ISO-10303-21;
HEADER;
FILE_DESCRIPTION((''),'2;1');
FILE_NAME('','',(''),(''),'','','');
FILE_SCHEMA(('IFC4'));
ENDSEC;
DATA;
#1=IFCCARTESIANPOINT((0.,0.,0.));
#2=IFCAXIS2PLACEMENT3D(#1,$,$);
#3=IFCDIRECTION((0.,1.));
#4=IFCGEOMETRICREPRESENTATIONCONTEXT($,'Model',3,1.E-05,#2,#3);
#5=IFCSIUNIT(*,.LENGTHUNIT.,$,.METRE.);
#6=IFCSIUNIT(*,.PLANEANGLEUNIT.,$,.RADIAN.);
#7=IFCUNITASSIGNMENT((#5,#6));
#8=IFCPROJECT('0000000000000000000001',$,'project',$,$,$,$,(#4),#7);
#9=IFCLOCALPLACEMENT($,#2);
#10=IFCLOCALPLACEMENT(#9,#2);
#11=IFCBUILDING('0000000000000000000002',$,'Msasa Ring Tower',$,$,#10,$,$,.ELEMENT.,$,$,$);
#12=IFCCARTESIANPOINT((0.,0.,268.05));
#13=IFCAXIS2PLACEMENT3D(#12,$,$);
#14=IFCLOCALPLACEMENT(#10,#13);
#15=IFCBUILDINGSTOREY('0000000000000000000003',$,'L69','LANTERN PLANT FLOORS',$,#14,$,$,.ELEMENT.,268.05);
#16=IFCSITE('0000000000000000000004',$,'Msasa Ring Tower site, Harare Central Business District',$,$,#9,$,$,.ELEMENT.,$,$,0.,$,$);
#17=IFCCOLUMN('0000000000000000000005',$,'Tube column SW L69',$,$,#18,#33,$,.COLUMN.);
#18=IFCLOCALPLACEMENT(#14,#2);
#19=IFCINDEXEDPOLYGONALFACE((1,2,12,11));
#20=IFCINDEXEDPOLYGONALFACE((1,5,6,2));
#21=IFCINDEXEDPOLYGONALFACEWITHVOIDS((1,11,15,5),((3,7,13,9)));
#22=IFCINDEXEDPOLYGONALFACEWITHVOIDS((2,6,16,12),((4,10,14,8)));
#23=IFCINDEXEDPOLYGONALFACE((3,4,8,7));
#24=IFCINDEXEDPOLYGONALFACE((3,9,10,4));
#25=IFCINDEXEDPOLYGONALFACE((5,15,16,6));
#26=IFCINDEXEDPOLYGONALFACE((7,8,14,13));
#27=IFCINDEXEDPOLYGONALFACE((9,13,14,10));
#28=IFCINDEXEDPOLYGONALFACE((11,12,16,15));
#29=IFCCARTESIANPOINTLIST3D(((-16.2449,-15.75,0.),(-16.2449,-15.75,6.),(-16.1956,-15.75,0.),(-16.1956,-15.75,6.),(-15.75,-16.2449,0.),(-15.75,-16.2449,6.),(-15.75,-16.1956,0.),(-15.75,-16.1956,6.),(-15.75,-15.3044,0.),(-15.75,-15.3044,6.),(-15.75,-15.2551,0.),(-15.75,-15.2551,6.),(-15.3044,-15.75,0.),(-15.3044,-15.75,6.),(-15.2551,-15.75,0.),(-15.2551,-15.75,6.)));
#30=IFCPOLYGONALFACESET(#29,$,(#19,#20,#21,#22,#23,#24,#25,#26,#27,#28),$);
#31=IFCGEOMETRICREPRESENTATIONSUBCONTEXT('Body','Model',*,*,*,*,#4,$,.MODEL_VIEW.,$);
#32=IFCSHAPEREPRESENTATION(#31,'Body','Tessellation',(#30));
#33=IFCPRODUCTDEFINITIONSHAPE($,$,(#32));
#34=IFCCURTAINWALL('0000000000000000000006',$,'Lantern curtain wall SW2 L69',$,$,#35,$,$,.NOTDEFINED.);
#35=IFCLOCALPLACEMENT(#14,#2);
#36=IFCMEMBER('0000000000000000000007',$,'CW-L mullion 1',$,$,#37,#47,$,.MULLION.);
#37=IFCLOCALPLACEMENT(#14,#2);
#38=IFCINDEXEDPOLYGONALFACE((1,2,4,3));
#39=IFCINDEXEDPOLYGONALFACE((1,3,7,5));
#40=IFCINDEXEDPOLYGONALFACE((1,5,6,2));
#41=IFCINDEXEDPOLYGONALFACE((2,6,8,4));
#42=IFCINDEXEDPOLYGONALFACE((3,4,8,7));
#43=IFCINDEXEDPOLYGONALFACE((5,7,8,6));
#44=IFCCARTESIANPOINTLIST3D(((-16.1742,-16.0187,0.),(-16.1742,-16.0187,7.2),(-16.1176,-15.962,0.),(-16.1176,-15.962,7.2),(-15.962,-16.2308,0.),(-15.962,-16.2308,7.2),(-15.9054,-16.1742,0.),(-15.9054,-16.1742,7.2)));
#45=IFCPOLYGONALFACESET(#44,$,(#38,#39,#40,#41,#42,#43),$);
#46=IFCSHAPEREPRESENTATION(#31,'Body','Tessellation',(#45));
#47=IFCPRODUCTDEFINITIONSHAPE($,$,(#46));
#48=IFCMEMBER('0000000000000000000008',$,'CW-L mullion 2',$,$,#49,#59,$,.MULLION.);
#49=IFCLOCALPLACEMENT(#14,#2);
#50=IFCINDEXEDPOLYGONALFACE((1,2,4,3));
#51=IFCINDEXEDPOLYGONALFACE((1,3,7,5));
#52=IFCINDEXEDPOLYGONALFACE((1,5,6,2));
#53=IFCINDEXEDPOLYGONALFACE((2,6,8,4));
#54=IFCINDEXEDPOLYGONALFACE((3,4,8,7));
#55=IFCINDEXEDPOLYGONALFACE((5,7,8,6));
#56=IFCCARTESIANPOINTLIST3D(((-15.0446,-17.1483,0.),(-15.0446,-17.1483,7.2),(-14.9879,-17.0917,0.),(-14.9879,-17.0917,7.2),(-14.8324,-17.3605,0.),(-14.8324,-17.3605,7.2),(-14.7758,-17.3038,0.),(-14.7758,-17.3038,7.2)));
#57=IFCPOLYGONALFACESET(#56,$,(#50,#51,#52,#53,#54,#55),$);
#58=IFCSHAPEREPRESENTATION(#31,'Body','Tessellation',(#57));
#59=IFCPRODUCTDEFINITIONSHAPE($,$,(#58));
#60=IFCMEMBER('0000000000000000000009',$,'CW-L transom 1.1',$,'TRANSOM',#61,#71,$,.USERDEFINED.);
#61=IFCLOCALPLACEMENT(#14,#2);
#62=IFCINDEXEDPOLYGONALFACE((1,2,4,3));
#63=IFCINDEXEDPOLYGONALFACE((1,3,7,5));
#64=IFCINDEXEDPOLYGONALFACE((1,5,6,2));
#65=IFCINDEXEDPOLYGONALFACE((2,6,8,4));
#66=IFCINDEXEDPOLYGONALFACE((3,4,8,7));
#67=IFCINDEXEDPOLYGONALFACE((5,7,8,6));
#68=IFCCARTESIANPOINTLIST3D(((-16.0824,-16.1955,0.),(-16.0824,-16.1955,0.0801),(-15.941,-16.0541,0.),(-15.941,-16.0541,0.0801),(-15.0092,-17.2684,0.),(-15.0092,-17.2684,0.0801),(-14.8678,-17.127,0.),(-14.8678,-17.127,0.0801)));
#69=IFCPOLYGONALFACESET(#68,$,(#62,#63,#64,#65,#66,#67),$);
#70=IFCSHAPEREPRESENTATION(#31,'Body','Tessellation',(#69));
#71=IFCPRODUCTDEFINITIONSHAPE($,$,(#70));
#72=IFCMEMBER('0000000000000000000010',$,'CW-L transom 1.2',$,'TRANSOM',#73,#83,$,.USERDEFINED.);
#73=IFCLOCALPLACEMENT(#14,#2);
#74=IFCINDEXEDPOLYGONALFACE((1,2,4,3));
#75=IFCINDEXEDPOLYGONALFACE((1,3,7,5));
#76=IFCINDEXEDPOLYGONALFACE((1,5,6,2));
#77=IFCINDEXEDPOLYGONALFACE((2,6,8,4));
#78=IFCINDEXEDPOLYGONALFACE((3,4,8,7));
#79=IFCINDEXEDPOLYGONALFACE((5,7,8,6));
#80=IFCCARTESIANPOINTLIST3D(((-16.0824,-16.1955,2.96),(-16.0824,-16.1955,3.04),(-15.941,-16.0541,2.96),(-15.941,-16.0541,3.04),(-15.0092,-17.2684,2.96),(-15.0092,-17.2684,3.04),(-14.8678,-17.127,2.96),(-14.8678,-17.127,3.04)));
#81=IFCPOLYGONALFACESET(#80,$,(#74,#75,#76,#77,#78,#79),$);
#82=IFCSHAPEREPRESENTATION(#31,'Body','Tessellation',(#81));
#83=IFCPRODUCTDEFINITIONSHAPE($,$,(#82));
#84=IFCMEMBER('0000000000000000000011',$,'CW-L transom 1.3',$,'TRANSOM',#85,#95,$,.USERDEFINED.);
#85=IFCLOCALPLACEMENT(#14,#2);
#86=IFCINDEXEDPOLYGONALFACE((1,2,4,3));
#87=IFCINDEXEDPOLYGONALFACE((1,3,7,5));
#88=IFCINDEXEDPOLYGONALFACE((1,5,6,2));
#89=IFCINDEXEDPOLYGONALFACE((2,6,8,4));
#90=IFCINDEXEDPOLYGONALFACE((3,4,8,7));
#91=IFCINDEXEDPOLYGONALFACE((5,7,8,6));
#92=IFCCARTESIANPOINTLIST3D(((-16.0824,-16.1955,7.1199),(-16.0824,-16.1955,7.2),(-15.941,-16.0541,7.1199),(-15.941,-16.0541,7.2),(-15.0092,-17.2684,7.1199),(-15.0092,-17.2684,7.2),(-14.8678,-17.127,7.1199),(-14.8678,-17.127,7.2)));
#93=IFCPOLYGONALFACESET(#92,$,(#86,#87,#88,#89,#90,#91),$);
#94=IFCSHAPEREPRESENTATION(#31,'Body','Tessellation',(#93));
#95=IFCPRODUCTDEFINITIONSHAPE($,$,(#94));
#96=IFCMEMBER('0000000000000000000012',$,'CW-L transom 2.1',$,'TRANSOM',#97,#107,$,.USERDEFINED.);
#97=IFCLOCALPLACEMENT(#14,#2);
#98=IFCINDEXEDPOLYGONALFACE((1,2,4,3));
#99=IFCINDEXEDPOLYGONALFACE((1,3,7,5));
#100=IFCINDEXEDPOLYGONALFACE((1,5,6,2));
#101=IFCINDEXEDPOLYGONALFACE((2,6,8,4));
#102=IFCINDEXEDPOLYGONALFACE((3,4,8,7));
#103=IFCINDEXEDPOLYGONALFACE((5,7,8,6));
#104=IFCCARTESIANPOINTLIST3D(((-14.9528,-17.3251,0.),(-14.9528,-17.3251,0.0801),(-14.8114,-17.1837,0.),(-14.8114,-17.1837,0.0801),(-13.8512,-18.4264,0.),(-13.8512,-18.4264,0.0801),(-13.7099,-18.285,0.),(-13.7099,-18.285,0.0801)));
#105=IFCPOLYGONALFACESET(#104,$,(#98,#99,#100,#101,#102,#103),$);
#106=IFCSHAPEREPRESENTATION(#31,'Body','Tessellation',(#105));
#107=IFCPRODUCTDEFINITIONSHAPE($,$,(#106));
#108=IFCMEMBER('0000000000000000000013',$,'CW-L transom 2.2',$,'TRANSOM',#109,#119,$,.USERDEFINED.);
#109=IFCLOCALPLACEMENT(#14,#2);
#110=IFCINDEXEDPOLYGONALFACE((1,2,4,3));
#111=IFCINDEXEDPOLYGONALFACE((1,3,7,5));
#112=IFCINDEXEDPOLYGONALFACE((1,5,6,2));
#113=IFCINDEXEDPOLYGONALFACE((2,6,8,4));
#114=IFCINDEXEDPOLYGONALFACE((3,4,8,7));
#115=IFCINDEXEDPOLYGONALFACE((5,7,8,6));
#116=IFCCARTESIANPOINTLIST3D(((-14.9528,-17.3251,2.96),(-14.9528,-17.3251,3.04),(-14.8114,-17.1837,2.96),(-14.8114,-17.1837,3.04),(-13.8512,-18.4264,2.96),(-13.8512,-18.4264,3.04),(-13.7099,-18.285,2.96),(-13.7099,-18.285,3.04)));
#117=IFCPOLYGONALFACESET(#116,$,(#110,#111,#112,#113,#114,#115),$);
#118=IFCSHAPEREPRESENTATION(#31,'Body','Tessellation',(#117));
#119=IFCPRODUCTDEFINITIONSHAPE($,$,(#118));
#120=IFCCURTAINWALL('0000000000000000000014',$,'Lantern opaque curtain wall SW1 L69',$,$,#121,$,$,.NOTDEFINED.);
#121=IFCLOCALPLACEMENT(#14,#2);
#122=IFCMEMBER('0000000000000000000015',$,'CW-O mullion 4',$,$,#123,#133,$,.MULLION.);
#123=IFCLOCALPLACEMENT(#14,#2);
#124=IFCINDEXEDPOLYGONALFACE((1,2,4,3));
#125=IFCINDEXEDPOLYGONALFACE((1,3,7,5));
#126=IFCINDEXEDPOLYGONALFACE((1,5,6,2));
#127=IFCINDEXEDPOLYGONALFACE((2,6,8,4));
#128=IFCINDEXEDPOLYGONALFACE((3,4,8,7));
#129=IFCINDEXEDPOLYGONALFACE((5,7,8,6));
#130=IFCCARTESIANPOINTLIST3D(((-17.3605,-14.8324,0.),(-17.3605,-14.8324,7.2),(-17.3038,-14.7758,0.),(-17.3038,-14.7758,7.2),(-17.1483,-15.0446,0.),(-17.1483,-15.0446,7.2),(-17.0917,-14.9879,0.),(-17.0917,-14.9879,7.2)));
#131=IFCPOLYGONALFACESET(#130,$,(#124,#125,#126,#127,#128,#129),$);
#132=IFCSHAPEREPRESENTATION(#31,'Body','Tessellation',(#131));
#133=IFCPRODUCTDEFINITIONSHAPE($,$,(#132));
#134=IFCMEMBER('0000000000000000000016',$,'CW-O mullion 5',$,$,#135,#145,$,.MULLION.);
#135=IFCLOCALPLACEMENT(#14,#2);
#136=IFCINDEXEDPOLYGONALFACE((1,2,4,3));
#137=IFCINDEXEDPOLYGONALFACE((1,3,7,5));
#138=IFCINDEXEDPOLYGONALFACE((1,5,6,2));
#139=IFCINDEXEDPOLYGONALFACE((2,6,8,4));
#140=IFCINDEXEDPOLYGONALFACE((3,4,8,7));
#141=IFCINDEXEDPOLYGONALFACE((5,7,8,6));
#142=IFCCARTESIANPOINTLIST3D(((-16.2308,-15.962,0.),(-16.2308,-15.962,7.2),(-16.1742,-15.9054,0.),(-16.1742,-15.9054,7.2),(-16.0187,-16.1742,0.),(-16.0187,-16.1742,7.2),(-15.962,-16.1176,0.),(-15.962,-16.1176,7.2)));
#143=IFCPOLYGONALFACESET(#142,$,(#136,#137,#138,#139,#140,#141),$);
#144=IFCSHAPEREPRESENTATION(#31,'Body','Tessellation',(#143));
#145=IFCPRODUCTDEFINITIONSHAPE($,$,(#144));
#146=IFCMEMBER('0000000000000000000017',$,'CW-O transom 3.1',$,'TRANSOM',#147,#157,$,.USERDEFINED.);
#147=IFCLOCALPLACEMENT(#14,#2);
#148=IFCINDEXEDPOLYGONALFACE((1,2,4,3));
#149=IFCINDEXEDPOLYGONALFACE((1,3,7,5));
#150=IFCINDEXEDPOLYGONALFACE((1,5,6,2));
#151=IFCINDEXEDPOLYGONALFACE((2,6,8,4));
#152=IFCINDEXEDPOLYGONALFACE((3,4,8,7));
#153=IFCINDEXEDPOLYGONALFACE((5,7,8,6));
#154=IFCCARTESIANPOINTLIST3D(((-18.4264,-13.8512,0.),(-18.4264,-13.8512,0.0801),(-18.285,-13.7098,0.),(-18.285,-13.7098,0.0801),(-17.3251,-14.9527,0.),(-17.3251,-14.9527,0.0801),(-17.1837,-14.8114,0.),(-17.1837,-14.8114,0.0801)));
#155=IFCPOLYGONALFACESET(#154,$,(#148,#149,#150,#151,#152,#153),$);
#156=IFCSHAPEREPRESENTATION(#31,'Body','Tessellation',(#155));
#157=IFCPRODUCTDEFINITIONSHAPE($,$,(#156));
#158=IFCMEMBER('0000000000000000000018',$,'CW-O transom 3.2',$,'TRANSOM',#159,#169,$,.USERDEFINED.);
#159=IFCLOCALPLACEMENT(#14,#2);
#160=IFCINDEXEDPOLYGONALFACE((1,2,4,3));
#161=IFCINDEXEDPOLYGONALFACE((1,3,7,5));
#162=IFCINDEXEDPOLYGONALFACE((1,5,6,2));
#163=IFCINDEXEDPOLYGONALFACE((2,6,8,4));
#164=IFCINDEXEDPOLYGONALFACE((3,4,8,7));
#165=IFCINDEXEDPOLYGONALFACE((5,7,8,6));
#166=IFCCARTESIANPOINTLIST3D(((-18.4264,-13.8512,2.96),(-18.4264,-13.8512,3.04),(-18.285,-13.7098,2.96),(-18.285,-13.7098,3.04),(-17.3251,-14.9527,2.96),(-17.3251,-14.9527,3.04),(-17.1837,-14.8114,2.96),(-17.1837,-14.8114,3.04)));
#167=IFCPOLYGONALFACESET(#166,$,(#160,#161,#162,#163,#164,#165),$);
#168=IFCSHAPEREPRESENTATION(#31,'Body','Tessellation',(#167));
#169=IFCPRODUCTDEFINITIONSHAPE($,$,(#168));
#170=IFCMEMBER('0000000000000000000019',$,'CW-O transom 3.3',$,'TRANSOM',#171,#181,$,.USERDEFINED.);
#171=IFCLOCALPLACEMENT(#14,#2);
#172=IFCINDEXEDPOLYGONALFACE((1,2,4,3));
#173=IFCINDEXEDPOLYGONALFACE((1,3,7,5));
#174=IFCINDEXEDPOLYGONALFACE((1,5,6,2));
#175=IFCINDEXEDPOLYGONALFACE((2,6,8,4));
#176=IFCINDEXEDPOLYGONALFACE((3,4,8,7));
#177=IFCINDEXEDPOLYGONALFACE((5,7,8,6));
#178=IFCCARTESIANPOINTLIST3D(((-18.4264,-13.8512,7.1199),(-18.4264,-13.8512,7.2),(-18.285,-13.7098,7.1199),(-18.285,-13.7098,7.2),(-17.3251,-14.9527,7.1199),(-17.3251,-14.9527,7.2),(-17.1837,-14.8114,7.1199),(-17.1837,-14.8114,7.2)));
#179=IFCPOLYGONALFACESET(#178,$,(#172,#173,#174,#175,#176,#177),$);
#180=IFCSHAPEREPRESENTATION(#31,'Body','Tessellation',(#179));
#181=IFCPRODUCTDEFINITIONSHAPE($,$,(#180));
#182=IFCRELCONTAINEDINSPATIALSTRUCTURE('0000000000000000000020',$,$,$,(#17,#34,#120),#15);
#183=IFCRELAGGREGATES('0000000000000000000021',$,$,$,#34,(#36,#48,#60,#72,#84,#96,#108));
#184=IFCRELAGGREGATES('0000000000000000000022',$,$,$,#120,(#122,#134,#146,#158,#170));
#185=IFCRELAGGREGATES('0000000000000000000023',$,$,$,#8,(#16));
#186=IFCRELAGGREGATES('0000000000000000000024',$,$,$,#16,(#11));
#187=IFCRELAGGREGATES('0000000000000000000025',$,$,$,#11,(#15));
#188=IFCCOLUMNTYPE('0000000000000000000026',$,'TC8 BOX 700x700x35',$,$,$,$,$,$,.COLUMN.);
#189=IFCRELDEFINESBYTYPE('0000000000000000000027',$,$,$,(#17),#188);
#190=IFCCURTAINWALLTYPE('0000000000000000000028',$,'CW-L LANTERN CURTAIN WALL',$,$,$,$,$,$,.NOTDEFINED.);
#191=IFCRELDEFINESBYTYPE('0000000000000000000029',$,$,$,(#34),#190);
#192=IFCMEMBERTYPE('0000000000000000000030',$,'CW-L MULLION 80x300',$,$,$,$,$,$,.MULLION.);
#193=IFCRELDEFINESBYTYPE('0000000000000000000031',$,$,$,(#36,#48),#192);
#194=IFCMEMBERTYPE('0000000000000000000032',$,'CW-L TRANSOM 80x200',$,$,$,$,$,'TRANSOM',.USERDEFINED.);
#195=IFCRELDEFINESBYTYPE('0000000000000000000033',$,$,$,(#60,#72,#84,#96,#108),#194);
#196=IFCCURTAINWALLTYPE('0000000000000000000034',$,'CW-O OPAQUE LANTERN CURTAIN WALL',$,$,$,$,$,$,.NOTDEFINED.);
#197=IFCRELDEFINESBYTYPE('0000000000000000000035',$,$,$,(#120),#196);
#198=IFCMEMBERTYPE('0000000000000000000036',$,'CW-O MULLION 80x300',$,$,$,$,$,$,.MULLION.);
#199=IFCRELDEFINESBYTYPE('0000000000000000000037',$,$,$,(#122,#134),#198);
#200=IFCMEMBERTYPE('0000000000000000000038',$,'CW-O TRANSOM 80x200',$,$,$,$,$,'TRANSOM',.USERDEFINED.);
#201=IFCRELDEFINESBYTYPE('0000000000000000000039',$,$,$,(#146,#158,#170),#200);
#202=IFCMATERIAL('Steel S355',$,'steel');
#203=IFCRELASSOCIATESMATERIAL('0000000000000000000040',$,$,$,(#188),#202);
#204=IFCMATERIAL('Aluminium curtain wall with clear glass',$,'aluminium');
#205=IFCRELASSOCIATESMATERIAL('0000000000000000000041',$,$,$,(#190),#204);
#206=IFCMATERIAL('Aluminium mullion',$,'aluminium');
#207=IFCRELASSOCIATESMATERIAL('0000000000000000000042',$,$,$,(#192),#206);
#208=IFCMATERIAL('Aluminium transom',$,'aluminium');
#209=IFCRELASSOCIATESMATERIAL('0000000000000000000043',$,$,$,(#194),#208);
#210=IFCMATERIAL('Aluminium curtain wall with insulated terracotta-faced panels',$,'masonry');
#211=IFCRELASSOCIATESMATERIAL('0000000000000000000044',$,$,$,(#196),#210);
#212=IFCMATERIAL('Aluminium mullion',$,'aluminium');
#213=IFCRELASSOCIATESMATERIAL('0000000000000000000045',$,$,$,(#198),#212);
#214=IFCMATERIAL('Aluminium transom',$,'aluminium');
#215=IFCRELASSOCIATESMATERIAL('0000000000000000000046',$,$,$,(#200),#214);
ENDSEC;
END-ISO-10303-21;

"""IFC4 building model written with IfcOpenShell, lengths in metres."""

from ifc_helpers import new_model, si_unit, direction, frame, origin, origin_2d, place, context, subcontext, project, spatial, rectangle, hollow_rectangle, extrude, material, material_profile, profile_set, type_object, element, aggregate, save


model = new_model("IFC4")

# Units and contexts
model_context = context("Model", 3, precision=1e-05, world=origin(), true_north=direction((0.0, 1.0)))
body_context = subcontext(model_context, "Body", "Model", "MODEL_VIEW")
ifc_project = project(units=[si_unit("LENGTHUNIT", "METRE"), si_unit("PLANEANGLEUNIT", "RADIAN")], contexts=[model_context])

# Site, building, storey
site_placement = place(None, origin())
site = spatial("IfcSite", under=ifc_project, at=site_placement, Name="Msasa Ring Tower site, Harare Central Business District", CompositionType="ELEMENT", RefElevation=0.0)
building_placement = place(site_placement, origin())
building = spatial("IfcBuilding", under=site, at=building_placement, Name="Msasa Ring Tower", CompositionType="ELEMENT")
storey_placement = place(building_placement, frame((0.0, 0.0, 268.05)))
storey = spatial("IfcBuildingStorey", under=building, at=storey_placement, Name="L69", Description="LANTERN PLANT FLOORS", CompositionType="ELEMENT", Elevation=268.05)

# Column
ifc_material_1 = material(Name="Steel S355", Category="steel")
ifc_material_profile_1 = material_profile(ifc_material_1, hollow_rectangle(XDim=0.7, YDim=0.7, WallThickness=0.0349, at=origin_2d()), Name="BOX 700x700x35")
ifc_profile_set_1 = profile_set([ifc_material_profile_1], Name="Steel S355")
column_type = type_object("IfcColumnType", Name="TC8 BOX 700x700x35", PredefinedType="COLUMN", material=ifc_profile_set_1)
column_placement = place(storey_placement, frame((-15.75, -15.75, 0.0), z_axis=(0.0, 0.0, 1.0), x_axis=(0.707107, 0.707107, 0.0)))
element("IfcColumn", 1, at=column_placement, inside=storey, type_object=column_type, Name="Tube column SW L69", PredefinedType="COLUMN", context=body_context, shape_type="SweptSolid", body=[
    extrude(hollow_rectangle(XDim=0.7, YDim=0.7, WallThickness=0.0349, at=origin_2d()), origin(), (0.0, 0.0, 1.0), 6.0),
])

# Curtain walls, members
ifc_material_2 = material(Name="Aluminium curtain wall with clear glass", Category="aluminium")
curtain_wall_type_1 = type_object("IfcCurtainWallType", Name="CW-L LANTERN CURTAIN WALL", PredefinedType="NOTDEFINED", material=ifc_material_2)
curtain_wall_1_placement = place(storey_placement, origin())
curtain_wall_1 = element("IfcCurtainWall", 2, at=curtain_wall_1_placement, inside=storey, type_object=curtain_wall_type_1, Name="Lantern curtain wall SW2 L69", PredefinedType="NOTDEFINED")
ifc_material_3 = material(Name="Aluminium mullion", Category="aluminium")
ifc_material_profile_2 = material_profile(ifc_material_3, rectangle(XDim=0.0801, YDim=0.3, at=origin_2d()), Name="AL 80x300")
ifc_profile_set_2 = profile_set([ifc_material_profile_2], Name="Aluminium mullion")
member_type_1 = type_object("IfcMemberType", Name="CW-L MULLION 80x300", PredefinedType="MULLION", material=ifc_profile_set_2)
member_1_placement = place(storey_placement, frame((-16.0398, -16.0964, 0.0), z_axis=(0.0, 0.0, 1.0), x_axis=(0.707107, 0.707107, 0.0)))
member_1 = element("IfcMember", 3, at=member_1_placement, type_object=member_type_1, Name="CW-L mullion 1", PredefinedType="MULLION", context=body_context, shape_type="SweptSolid", body=[
    extrude(rectangle(XDim=0.0801, YDim=0.3, at=origin_2d()), origin(), (0.0, 0.0, 1.0), 7.2),
])
member_2_placement = place(storey_placement, frame((-14.9102, -17.2261, 0.0), z_axis=(0.0, 0.0, 1.0), x_axis=(0.707107, 0.707107, 0.0)))
member_2 = element("IfcMember", 4, at=member_2_placement, type_object=member_type_1, Name="CW-L mullion 2", PredefinedType="MULLION", context=body_context, shape_type="SweptSolid", body=[
    extrude(rectangle(XDim=0.0801, YDim=0.3, at=origin_2d()), origin(), (0.0, 0.0, 1.0), 7.2),
])
ifc_material_4 = material(Name="Aluminium transom", Category="aluminium")
ifc_material_profile_3 = material_profile(ifc_material_4, rectangle(XDim=0.2, YDim=0.0801, at=origin_2d()), Name="AL 80x200")
ifc_profile_set_3 = profile_set([ifc_material_profile_3], Name="Aluminium transom")
member_type_2 = type_object("IfcMemberType", Name="CW-L TRANSOM 80x200", ElementType="TRANSOM", PredefinedType="USERDEFINED", material=ifc_profile_set_3)
member_3_placement = place(storey_placement, frame((-16.0117, -16.1248, 0.04), z_axis=(0.707187, -0.707026, 0.0), x_axis=(0.707026, 0.707187, 0.0)))
member_3 = element("IfcMember", 5, at=member_3_placement, type_object=member_type_2, Name="CW-L transom 1.1", ObjectType="TRANSOM", PredefinedType="USERDEFINED", context=body_context, shape_type="SweptSolid", body=[
    extrude(rectangle(XDim=0.2, YDim=0.0801, at=origin_2d()), origin(), (0.0, 0.0, 1.0), 1.5176),
])
member_4_placement = place(storey_placement, frame((-16.0117, -16.1248, 3.0), z_axis=(0.707187, -0.707026, 0.0), x_axis=(0.707026, 0.707187, 0.0)))
member_4 = element("IfcMember", 6, at=member_4_placement, type_object=member_type_2, Name="CW-L transom 1.2", ObjectType="TRANSOM", PredefinedType="USERDEFINED", context=body_context, shape_type="SweptSolid", body=[
    extrude(rectangle(XDim=0.2, YDim=0.0801, at=origin_2d()), origin(), (0.0, 0.0, 1.0), 1.5176),
])
member_5_placement = place(storey_placement, frame((-16.0117, -16.1248, 7.1599), z_axis=(0.707187, -0.707026, 0.0), x_axis=(0.707026, 0.707187, 0.0)))
member_5 = element("IfcMember", 7, at=member_5_placement, type_object=member_type_2, Name="CW-L transom 1.3", ObjectType="TRANSOM", PredefinedType="USERDEFINED", context=body_context, shape_type="SweptSolid", body=[
    extrude(rectangle(XDim=0.2, YDim=0.0801, at=origin_2d()), origin(), (0.0, 0.0, 1.0), 1.5176),
])
member_6_placement = place(storey_placement, frame((-14.8821, -17.2544, 0.04), z_axis=(0.707185, -0.707028, 0.0), x_axis=(0.707028, 0.707185, 0.0)))
member_6 = element("IfcMember", 8, at=member_6_placement, type_object=member_type_2, Name="CW-L transom 2.1", ObjectType="TRANSOM", PredefinedType="USERDEFINED", context=body_context, shape_type="SweptSolid", body=[
    extrude(rectangle(XDim=0.2, YDim=0.0801, at=origin_2d()), origin(), (0.0, 0.0, 1.0), 1.5576),
])
member_7_placement = place(storey_placement, frame((-14.8821, -17.2544, 3.0), z_axis=(0.707185, -0.707028, 0.0), x_axis=(0.707028, 0.707185, 0.0)))
member_7 = element("IfcMember", 9, at=member_7_placement, type_object=member_type_2, Name="CW-L transom 2.2", ObjectType="TRANSOM", PredefinedType="USERDEFINED", context=body_context, shape_type="SweptSolid", body=[
    extrude(rectangle(XDim=0.2, YDim=0.0801, at=origin_2d()), origin(), (0.0, 0.0, 1.0), 1.5576),
])
ifc_material_5 = material(Name="Aluminium curtain wall with insulated terracotta-faced panels", Category="masonry")
curtain_wall_type_2 = type_object("IfcCurtainWallType", Name="CW-O OPAQUE LANTERN CURTAIN WALL", PredefinedType="NOTDEFINED", material=ifc_material_5)
curtain_wall_2_placement = place(storey_placement, origin())
curtain_wall_2 = element("IfcCurtainWall", 10, at=curtain_wall_2_placement, inside=storey, type_object=curtain_wall_type_2, Name="Lantern opaque curtain wall SW1 L69", PredefinedType="NOTDEFINED")
ifc_material_6 = material(Name="Aluminium mullion", Category="aluminium")
ifc_material_profile_4 = material_profile(ifc_material_6, rectangle(XDim=0.0801, YDim=0.3, at=origin_2d()), Name="AL 80x300")
ifc_profile_set_4 = profile_set([ifc_material_profile_4], Name="Aluminium mullion")
member_type_3 = type_object("IfcMemberType", Name="CW-O MULLION 80x300", PredefinedType="MULLION", material=ifc_profile_set_4)
member_8_placement = place(storey_placement, frame((-17.2261, -14.9102, 0.0), z_axis=(0.0, 0.0, 1.0), x_axis=(0.707107, 0.707107, 0.0)))
member_8 = element("IfcMember", 11, at=member_8_placement, type_object=member_type_3, Name="CW-O mullion 4", PredefinedType="MULLION", context=body_context, shape_type="SweptSolid", body=[
    extrude(rectangle(XDim=0.0801, YDim=0.3, at=origin_2d()), origin(), (0.0, 0.0, 1.0), 7.2),
])
member_9_placement = place(storey_placement, frame((-16.0964, -16.0398, 0.0), z_axis=(0.0, 0.0, 1.0), x_axis=(0.707107, 0.707107, 0.0)))
member_9 = element("IfcMember", 12, at=member_9_placement, type_object=member_type_3, Name="CW-O mullion 5", PredefinedType="MULLION", context=body_context, shape_type="SweptSolid", body=[
    extrude(rectangle(XDim=0.0801, YDim=0.3, at=origin_2d()), origin(), (0.0, 0.0, 1.0), 7.2),
])
ifc_material_7 = material(Name="Aluminium transom", Category="aluminium")
ifc_material_profile_5 = material_profile(ifc_material_7, rectangle(XDim=0.2, YDim=0.0801, at=origin_2d()), Name="AL 80x200")
ifc_profile_set_5 = profile_set([ifc_material_profile_5], Name="Aluminium transom")
member_type_4 = type_object("IfcMemberType", Name="CW-O TRANSOM 80x200", ElementType="TRANSOM", PredefinedType="USERDEFINED", material=ifc_profile_set_5)
member_10_placement = place(storey_placement, frame((-18.3557, -13.7805, 0.04), z_axis=(0.707028, -0.707185, 0.0), x_axis=(0.707185, 0.707028, 0.0)))
member_10 = element("IfcMember", 13, at=member_10_placement, type_object=member_type_4, Name="CW-O transom 3.1", ObjectType="TRANSOM", PredefinedType="USERDEFINED", context=body_context, shape_type="SweptSolid", body=[
    extrude(rectangle(XDim=0.2, YDim=0.0801, at=origin_2d()), origin(), (0.0, 0.0, 1.0), 1.5576),
])
member_11_placement = place(storey_placement, frame((-18.3557, -13.7805, 3.0), z_axis=(0.707028, -0.707185, 0.0), x_axis=(0.707185, 0.707028, 0.0)))
member_11 = element("IfcMember", 14, at=member_11_placement, type_object=member_type_4, Name="CW-O transom 3.2", ObjectType="TRANSOM", PredefinedType="USERDEFINED", context=body_context, shape_type="SweptSolid", body=[
    extrude(rectangle(XDim=0.2, YDim=0.0801, at=origin_2d()), origin(), (0.0, 0.0, 1.0), 1.5576),
])
member_12_placement = place(storey_placement, frame((-18.3557, -13.7805, 7.1599), z_axis=(0.707028, -0.707185, 0.0), x_axis=(0.707185, 0.707028, 0.0)))
member_12 = element("IfcMember", 15, at=member_12_placement, type_object=member_type_4, Name="CW-O transom 3.3", ObjectType="TRANSOM", PredefinedType="USERDEFINED", context=body_context, shape_type="SweptSolid", body=[
    extrude(rectangle(XDim=0.2, YDim=0.0801, at=origin_2d()), origin(), (0.0, 0.0, 1.0), 1.5576),
])

aggregate(curtain_wall_1, [member_1, member_2, member_3, member_4, member_5, member_6, member_7])
aggregate(curtain_wall_2, [member_8, member_9, member_10, member_11, member_12])

save(model, "model.ifc")
